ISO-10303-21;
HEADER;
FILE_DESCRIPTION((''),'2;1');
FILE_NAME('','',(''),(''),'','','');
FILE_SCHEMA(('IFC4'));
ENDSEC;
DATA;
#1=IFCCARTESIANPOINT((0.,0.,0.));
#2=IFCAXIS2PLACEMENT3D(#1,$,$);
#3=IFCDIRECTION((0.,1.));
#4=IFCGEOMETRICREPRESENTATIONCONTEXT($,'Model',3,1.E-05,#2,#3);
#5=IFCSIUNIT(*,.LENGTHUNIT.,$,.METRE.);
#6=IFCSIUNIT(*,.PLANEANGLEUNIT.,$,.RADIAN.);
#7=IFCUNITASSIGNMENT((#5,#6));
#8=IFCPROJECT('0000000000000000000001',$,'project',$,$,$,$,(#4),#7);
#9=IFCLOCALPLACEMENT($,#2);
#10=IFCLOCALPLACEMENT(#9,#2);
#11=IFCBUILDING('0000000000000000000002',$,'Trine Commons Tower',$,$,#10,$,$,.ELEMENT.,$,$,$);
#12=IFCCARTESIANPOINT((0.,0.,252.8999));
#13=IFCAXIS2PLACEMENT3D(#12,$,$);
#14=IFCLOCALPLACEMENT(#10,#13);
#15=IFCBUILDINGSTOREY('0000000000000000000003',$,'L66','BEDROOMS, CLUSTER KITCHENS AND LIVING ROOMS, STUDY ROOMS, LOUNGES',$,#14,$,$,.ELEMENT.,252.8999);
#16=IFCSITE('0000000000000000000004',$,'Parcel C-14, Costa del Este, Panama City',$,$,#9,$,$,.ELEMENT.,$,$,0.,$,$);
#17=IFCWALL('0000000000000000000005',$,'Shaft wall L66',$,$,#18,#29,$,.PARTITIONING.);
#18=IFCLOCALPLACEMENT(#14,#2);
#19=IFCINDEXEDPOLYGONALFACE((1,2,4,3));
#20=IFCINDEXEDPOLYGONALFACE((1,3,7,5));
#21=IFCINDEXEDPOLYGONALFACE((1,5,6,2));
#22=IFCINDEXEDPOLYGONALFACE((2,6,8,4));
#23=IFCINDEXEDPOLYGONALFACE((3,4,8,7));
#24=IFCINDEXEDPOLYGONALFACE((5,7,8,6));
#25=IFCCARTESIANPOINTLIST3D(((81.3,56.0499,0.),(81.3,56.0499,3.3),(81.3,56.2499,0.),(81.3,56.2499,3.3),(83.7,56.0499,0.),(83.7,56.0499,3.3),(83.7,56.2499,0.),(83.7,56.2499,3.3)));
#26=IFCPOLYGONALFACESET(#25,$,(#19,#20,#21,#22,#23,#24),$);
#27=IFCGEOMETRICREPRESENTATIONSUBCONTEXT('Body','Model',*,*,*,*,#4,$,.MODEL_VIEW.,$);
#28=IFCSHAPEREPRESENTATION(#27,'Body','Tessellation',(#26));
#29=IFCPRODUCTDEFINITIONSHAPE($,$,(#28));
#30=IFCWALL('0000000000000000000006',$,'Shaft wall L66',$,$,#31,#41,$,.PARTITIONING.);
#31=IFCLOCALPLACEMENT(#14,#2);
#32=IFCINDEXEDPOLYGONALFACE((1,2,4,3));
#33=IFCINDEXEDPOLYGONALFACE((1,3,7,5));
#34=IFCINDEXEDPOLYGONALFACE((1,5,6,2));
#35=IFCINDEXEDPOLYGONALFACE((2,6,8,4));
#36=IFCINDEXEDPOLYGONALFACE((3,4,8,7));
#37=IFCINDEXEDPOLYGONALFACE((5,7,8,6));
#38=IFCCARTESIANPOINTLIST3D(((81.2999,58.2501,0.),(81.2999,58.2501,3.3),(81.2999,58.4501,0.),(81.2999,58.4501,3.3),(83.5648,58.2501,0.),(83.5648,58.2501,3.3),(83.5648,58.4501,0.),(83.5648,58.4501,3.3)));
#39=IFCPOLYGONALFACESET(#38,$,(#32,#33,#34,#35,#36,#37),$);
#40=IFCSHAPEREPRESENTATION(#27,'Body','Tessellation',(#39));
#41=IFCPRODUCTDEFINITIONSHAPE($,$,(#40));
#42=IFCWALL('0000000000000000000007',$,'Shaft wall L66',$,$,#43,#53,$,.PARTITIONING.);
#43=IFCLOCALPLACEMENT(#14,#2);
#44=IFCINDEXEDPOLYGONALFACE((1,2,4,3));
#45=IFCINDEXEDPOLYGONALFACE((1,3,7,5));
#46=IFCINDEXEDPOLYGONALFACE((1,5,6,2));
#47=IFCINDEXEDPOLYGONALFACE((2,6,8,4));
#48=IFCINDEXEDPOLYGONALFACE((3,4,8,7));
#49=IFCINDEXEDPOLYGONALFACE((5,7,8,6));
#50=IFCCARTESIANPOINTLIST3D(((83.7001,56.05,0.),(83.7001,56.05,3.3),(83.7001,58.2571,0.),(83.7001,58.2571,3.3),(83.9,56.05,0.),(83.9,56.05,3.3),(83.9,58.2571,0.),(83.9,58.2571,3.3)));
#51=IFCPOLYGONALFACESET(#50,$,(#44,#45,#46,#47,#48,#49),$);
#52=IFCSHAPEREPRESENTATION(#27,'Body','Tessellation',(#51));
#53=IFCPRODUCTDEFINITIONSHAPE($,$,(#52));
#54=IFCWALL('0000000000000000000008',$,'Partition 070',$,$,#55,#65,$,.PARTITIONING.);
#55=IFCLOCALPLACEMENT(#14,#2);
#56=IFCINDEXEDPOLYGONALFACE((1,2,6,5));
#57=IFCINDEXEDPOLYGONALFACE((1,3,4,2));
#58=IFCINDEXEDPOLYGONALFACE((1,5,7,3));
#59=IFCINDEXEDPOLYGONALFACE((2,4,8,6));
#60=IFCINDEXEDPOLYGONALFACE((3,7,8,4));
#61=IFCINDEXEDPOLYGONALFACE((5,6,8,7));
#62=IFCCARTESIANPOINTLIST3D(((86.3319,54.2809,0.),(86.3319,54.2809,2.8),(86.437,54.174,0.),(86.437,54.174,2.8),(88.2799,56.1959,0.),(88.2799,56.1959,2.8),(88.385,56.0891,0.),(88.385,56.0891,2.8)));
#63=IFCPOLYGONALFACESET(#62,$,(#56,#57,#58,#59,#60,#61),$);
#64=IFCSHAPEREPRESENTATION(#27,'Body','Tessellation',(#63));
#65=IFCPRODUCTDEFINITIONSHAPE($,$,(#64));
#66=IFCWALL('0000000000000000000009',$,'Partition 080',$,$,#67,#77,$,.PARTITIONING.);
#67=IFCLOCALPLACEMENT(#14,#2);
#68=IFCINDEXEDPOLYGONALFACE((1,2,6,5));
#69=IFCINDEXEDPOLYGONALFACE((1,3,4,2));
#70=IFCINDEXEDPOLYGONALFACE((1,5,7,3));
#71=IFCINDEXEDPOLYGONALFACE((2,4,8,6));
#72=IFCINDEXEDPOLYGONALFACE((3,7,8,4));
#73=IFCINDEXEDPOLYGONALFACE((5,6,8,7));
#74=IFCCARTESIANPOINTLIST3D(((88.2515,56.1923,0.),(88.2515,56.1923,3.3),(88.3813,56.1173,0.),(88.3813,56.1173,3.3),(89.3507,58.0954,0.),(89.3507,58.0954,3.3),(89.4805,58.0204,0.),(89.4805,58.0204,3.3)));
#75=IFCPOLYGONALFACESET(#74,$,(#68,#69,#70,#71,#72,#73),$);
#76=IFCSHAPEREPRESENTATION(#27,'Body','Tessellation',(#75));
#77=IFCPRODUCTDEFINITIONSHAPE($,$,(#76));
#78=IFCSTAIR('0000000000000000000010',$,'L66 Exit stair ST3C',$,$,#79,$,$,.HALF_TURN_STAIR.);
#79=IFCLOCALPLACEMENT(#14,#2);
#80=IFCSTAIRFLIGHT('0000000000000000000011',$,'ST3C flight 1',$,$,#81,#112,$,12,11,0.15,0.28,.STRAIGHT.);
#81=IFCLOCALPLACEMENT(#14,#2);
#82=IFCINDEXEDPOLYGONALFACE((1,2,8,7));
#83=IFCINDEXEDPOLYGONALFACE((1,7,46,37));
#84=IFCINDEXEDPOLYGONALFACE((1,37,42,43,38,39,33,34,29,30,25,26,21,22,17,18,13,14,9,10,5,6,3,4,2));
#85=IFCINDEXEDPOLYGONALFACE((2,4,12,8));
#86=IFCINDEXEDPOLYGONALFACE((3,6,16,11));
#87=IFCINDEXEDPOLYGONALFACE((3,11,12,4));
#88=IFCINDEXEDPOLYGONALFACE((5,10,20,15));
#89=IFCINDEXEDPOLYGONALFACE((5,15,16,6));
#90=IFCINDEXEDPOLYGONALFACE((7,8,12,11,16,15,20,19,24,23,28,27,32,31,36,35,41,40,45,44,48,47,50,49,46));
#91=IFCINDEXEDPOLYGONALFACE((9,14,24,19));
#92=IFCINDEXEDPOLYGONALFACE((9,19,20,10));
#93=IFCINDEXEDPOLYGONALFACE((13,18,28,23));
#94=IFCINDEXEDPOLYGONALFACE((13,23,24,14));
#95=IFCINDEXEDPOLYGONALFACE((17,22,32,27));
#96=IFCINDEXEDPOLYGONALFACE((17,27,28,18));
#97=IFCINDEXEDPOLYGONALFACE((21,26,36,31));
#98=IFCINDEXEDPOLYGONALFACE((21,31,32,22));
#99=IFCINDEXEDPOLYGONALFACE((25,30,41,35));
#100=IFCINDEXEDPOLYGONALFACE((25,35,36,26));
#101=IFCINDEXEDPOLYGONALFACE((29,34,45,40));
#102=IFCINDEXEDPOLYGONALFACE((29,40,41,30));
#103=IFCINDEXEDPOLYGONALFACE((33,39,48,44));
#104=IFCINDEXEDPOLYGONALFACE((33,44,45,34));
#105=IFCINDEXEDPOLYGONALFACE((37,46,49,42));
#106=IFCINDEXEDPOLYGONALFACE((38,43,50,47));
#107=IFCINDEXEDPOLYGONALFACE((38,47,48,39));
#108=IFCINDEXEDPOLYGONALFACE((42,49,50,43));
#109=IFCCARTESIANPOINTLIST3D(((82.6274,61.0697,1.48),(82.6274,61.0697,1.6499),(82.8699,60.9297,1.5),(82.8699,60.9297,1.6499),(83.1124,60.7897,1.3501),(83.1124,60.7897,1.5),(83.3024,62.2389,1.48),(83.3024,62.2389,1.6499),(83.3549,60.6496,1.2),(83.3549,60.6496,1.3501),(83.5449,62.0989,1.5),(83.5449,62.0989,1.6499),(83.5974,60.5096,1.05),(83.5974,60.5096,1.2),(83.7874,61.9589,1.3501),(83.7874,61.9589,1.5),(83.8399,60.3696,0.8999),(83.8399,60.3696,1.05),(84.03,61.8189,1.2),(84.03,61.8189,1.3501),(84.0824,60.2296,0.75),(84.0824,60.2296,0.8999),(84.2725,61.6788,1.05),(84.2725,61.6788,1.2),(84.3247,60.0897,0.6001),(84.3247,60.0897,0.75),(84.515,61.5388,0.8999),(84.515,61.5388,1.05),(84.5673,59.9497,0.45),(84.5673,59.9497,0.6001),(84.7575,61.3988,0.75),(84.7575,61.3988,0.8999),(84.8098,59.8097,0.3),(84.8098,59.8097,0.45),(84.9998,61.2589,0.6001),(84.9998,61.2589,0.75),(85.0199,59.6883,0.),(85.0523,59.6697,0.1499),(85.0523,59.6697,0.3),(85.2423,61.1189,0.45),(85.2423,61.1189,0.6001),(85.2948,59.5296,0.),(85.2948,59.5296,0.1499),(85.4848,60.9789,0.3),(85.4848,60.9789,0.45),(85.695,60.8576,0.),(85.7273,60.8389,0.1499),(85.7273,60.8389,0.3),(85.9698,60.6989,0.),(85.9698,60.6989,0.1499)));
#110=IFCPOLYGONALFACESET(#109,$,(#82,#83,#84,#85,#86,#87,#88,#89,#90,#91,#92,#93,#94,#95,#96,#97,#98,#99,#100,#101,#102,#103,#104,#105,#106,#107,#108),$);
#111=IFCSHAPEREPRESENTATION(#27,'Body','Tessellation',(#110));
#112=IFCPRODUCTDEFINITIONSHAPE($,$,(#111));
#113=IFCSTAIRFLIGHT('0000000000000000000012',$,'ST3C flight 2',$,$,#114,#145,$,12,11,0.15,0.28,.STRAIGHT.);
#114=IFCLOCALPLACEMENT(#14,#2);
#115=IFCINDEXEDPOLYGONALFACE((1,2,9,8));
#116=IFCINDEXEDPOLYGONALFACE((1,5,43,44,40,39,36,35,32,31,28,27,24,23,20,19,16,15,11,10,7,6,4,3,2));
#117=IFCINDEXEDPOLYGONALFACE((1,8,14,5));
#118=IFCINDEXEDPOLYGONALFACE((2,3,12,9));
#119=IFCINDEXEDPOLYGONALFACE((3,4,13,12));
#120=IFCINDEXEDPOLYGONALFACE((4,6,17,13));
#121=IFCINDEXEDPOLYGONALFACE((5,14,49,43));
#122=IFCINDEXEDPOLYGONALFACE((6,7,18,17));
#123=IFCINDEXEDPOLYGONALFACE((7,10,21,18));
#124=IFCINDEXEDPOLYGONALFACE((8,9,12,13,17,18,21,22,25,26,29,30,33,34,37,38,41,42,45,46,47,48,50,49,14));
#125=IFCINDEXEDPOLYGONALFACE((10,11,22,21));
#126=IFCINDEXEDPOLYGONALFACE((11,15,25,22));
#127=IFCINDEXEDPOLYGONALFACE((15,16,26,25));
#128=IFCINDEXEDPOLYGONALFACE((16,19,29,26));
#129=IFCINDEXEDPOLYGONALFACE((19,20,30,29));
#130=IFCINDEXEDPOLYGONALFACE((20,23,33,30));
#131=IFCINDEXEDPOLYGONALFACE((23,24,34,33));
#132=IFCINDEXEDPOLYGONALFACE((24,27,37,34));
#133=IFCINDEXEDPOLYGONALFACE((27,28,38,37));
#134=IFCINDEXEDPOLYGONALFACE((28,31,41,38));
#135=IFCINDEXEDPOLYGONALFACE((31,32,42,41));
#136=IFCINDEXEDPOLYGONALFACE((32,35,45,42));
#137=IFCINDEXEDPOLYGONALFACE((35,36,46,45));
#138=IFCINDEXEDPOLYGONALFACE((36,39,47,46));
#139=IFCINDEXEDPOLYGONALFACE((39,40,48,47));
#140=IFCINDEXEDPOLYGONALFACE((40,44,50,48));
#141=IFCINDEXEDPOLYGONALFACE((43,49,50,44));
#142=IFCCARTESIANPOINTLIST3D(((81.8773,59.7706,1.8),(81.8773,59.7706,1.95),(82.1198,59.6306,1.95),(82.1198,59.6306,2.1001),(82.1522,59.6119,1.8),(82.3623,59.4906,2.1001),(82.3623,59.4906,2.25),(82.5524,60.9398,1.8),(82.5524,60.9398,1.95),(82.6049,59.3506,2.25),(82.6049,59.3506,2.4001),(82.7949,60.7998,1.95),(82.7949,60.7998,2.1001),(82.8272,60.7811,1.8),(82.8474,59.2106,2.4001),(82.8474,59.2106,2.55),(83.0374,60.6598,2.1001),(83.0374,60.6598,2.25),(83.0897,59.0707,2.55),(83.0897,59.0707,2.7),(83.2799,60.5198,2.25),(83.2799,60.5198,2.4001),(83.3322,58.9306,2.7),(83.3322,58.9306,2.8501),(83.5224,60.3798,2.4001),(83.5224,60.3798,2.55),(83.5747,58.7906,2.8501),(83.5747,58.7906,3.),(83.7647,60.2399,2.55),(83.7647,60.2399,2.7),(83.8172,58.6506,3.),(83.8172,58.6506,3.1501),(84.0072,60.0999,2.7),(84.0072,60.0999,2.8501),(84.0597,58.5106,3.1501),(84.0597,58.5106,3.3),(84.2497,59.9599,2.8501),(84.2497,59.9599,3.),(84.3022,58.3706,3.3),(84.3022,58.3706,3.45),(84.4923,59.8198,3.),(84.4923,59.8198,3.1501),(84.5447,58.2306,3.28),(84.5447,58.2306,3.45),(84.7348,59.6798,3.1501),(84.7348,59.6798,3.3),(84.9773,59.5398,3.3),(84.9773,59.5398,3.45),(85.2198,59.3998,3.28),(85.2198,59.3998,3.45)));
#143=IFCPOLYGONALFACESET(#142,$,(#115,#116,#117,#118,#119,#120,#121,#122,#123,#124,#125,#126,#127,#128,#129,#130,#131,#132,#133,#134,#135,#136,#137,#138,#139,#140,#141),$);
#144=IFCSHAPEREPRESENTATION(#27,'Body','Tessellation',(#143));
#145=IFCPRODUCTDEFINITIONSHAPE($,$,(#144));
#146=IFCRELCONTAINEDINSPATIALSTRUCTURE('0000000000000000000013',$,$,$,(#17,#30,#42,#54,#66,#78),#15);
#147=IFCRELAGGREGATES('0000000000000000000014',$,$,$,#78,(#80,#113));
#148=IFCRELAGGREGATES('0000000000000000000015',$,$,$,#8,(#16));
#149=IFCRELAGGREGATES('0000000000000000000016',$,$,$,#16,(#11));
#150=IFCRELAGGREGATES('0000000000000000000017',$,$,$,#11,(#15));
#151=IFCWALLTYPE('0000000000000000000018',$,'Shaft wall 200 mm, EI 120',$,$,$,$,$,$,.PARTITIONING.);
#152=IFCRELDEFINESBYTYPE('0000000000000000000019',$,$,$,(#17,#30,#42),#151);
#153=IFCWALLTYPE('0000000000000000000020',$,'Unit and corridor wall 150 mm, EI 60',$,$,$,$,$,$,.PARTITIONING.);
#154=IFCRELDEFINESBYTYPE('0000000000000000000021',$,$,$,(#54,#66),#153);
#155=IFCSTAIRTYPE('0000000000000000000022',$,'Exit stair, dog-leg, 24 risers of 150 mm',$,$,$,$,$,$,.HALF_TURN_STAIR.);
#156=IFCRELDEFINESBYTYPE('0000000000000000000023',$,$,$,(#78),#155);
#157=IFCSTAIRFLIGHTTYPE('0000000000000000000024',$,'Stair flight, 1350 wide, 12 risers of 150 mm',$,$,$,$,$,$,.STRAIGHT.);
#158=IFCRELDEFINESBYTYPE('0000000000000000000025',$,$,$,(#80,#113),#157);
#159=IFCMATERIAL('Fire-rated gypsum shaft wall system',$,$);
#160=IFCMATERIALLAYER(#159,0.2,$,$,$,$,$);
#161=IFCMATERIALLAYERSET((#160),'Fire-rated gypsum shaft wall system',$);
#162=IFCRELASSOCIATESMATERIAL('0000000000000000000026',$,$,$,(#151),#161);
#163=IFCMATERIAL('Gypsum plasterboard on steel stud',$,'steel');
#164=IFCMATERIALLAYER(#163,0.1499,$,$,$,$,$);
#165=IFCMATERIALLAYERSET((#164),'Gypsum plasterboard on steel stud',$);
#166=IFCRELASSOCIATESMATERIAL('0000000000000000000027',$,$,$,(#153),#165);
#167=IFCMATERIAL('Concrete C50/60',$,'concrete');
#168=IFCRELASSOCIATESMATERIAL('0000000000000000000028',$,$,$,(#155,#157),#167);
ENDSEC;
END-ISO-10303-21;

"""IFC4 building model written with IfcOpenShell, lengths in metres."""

from ifc_helpers import new_model, si_unit, direction, frame, frame_2d, origin, place, context, subcontext, project, spatial, polyline, rectangle, outline, extrude, material, layer, layer_set, type_object, element, aggregate, save


model = new_model("IFC4")

# Units and contexts
model_context = context("Model", 3, precision=1e-05, world=origin(), true_north=direction((0.0, 1.0)))
body_context = subcontext(model_context, "Body", "Model", "MODEL_VIEW")
ifc_project = project(units=[si_unit("LENGTHUNIT", "METRE"), si_unit("PLANEANGLEUNIT", "RADIAN")], contexts=[model_context])

# Site, building, storey
site_placement = place(None, origin())
site = spatial("IfcSite", under=ifc_project, at=site_placement, Name="Parcel C-14, Costa del Este, Panama City", CompositionType="ELEMENT", RefElevation=0.0)
building_placement = place(site_placement, origin())
building = spatial("IfcBuilding", under=site, at=building_placement, Name="Trine Commons Tower", CompositionType="ELEMENT")
storey_placement = place(building_placement, frame((0.0, 0.0, 252.8999)))
storey = spatial("IfcBuildingStorey", under=building, at=storey_placement, Name="L66", Description="BEDROOMS, CLUSTER KITCHENS AND LIVING ROOMS, STUDY ROOMS, LOUNGES", CompositionType="ELEMENT", Elevation=252.8999)

# Shared definitions
ifc_material_1 = material(Name="Concrete C50/60", Category="concrete")

# Walls
ifc_material_2 = material(Name="Fire-rated gypsum shaft wall system")
ifc_layer_1 = layer(ifc_material_2, 0.2)
ifc_layer_set_1 = layer_set([ifc_layer_1], Name="Fire-rated gypsum shaft wall system")
wall_type_1 = type_object("IfcWallType", Name="Shaft wall 200 mm, EI 120", PredefinedType="PARTITIONING", material=ifc_layer_set_1)
wall_1_placement = place(storey_placement, frame((81.3, 56.1499, 0.0), z_axis=(0.0, 0.0, 1.0), x_axis=(1.0, 0.0, 0.0)))
element("IfcWall", 1, at=wall_1_placement, inside=storey, type_object=wall_type_1, Name="Shaft wall L66", PredefinedType="PARTITIONING", context=body_context, shape_type="SweptSolid", body=[
    extrude(rectangle(XDim=2.3999, YDim=0.2, at=frame_2d((1.2, 0.0))), origin(), (0.0, 0.0, 1.0), 3.3),
])
wall_2_placement = place(storey_placement, frame((81.3, 58.3501, 0.0), z_axis=(0.0, 0.0, 1.0), x_axis=(1.0, 0.0, 0.0)))
element("IfcWall", 2, at=wall_2_placement, inside=storey, type_object=wall_type_1, Name="Shaft wall L66", PredefinedType="PARTITIONING", context=body_context, shape_type="SweptSolid", body=[
    extrude(rectangle(XDim=2.2649, YDim=0.2, at=frame_2d((1.1323, 0.0))), origin(), (0.0, 0.0, 1.0), 3.3),
])
wall_3_placement = place(storey_placement, frame((83.8, 58.2571, 0.0), z_axis=(0.0, 0.0, 1.0), x_axis=(0.0, -1.0, 0.0)))
element("IfcWall", 3, at=wall_3_placement, inside=storey, type_object=wall_type_1, Name="Shaft wall L66", PredefinedType="PARTITIONING", context=body_context, shape_type="SweptSolid", body=[
    extrude(rectangle(XDim=2.207, YDim=0.2, at=frame_2d((1.1035, 0.0))), origin(), (0.0, 0.0, 1.0), 3.3),
])
ifc_material_3 = material(Name="Gypsum plasterboard on steel stud", Category="steel")
ifc_layer_2 = layer(ifc_material_3, 0.1499)
ifc_layer_set_2 = layer_set([ifc_layer_2], Name="Gypsum plasterboard on steel stud")
wall_type_2 = type_object("IfcWallType", Name="Unit and corridor wall 150 mm, EI 60", PredefinedType="PARTITIONING", material=ifc_layer_set_2)
wall_4_placement = place(storey_placement, frame((86.3845, 54.2275, 0.0), z_axis=(0.0, 0.0, 1.0), x_axis=(0.713114, 0.701048, 0.0)))
element("IfcWall", 4, at=wall_4_placement, inside=storey, type_object=wall_type_2, Name="Partition 070", PredefinedType="PARTITIONING", context=body_context, shape_type="SweptSolid", body=[
    extrude(rectangle(XDim=2.7317, YDim=0.1499, at=frame_2d((1.3657, 0.0))), origin(), (0.0, 0.0, 1.0), 2.8),
])
wall_5_placement = place(storey_placement, frame((88.3164, 56.1548, 0.0), z_axis=(0.0, 0.0, 1.0), x_axis=(0.50013, 0.865951, 0.0)))
element("IfcWall", 5, at=wall_5_placement, inside=storey, type_object=wall_type_2, Name="Partition 080", PredefinedType="PARTITIONING", context=body_context, shape_type="SweptSolid", body=[
    extrude(rectangle(XDim=2.1978, YDim=0.1499, at=frame_2d((1.0989, 0.0))), origin(), (0.0, 0.0, 1.0), 3.3),
])

# Stair, stair flights
stair_type = type_object("IfcStairType", Name="Exit stair, dog-leg, 24 risers of 150 mm", PredefinedType="HALF_TURN_STAIR", material=ifc_material_1)
stair_placement = place(storey_placement, origin())
stair = element("IfcStair", 6, at=stair_placement, inside=storey, type_object=stair_type, Name="L66 Exit stair ST3C", PredefinedType="HALF_TURN_STAIR")
stair_flight_type = type_object("IfcStairFlightType", Name="Stair flight, 1350 wide, 12 risers of 150 mm", PredefinedType="STRAIGHT", material=ifc_material_1)
stair_flight_1_placement = place(storey_placement, frame((85.6323, 60.1143, 0.0), z_axis=(0.0, 0.0, 1.0), x_axis=(-0.866025, 0.5, 0.0)))
stair_flight_1 = element("IfcStairFlight", 7, at=stair_flight_1_placement, type_object=stair_flight_type, Name="ST3C flight 1", NumberOfRisers=12, NumberOfTreads=11, PredefinedType="STRAIGHT", RiserHeight=0.15, TreadLength=0.28, context=body_context, shape_type="SweptSolid", body=[
    extrude(outline(polyline([(0.0, 0.0), (0.0, 0.1499), (0.28, 0.1499), (0.28, 0.3), (0.5601, 0.3), (0.5601, 0.45), (0.8401, 0.45), (0.8401, 0.6001), (1.1201, 0.6001), (1.1201, 0.75), (1.3999, 0.75), (1.3999, 0.8999), (1.6799, 0.8999), (1.6799, 1.05), (1.96, 1.05), (1.96, 1.2), (2.24, 1.2), (2.24, 1.3501), (2.52, 1.3501), (2.52, 1.5), (2.8, 1.5), (2.8, 1.6499), (3.0801, 1.6499), (3.0801, 1.8), (3.0801, 1.48), (0.3174, 0.0), (0.0, 0.0)])), frame((0.0, 0.675, 0.0), z_axis=(0.0, -1.0, 0.0), x_axis=(1.0, 0.0, 0.0)), (0.0, 0.0, 1.0), 1.3501),
])
stair_flight_2_placement = place(storey_placement, frame((82.2148, 60.3552, 1.8), z_axis=(0.0, 0.0, 1.0), x_axis=(0.866025, -0.5, 0.0)))
stair_flight_2 = element("IfcStairFlight", 8, at=stair_flight_2_placement, type_object=stair_flight_type, Name="ST3C flight 2", NumberOfRisers=12, NumberOfTreads=11, PredefinedType="STRAIGHT", RiserHeight=0.15, TreadLength=0.28, context=body_context, shape_type="SweptSolid", body=[
    extrude(outline(polyline([(0.0, 0.0), (0.0, 0.1499), (0.28, 0.1499), (0.28, 0.3), (0.5601, 0.3), (0.5601, 0.45), (0.8401, 0.45), (0.8401, 0.6001), (1.1201, 0.6001), (1.1201, 0.75), (1.3999, 0.75), (1.3999, 0.8999), (1.6799, 0.8999), (1.6799, 1.05), (1.96, 1.05), (1.96, 1.2), (2.24, 1.2), (2.24, 1.3501), (2.52, 1.3501), (2.52, 1.5), (2.8, 1.5), (2.8, 1.6499), (3.0801, 1.6499), (3.0801, 1.8), (3.0801, 1.48), (0.3174, 0.0), (0.0, 0.0)])), frame((0.0, 0.675, 0.0), z_axis=(0.0, -1.0, 0.0), x_axis=(1.0, 0.0, 0.0)), (0.0, 0.0, 1.0), 1.3501),
])
aggregate(stair, [stair_flight_1, stair_flight_2])

save(model, "model.ifc")
